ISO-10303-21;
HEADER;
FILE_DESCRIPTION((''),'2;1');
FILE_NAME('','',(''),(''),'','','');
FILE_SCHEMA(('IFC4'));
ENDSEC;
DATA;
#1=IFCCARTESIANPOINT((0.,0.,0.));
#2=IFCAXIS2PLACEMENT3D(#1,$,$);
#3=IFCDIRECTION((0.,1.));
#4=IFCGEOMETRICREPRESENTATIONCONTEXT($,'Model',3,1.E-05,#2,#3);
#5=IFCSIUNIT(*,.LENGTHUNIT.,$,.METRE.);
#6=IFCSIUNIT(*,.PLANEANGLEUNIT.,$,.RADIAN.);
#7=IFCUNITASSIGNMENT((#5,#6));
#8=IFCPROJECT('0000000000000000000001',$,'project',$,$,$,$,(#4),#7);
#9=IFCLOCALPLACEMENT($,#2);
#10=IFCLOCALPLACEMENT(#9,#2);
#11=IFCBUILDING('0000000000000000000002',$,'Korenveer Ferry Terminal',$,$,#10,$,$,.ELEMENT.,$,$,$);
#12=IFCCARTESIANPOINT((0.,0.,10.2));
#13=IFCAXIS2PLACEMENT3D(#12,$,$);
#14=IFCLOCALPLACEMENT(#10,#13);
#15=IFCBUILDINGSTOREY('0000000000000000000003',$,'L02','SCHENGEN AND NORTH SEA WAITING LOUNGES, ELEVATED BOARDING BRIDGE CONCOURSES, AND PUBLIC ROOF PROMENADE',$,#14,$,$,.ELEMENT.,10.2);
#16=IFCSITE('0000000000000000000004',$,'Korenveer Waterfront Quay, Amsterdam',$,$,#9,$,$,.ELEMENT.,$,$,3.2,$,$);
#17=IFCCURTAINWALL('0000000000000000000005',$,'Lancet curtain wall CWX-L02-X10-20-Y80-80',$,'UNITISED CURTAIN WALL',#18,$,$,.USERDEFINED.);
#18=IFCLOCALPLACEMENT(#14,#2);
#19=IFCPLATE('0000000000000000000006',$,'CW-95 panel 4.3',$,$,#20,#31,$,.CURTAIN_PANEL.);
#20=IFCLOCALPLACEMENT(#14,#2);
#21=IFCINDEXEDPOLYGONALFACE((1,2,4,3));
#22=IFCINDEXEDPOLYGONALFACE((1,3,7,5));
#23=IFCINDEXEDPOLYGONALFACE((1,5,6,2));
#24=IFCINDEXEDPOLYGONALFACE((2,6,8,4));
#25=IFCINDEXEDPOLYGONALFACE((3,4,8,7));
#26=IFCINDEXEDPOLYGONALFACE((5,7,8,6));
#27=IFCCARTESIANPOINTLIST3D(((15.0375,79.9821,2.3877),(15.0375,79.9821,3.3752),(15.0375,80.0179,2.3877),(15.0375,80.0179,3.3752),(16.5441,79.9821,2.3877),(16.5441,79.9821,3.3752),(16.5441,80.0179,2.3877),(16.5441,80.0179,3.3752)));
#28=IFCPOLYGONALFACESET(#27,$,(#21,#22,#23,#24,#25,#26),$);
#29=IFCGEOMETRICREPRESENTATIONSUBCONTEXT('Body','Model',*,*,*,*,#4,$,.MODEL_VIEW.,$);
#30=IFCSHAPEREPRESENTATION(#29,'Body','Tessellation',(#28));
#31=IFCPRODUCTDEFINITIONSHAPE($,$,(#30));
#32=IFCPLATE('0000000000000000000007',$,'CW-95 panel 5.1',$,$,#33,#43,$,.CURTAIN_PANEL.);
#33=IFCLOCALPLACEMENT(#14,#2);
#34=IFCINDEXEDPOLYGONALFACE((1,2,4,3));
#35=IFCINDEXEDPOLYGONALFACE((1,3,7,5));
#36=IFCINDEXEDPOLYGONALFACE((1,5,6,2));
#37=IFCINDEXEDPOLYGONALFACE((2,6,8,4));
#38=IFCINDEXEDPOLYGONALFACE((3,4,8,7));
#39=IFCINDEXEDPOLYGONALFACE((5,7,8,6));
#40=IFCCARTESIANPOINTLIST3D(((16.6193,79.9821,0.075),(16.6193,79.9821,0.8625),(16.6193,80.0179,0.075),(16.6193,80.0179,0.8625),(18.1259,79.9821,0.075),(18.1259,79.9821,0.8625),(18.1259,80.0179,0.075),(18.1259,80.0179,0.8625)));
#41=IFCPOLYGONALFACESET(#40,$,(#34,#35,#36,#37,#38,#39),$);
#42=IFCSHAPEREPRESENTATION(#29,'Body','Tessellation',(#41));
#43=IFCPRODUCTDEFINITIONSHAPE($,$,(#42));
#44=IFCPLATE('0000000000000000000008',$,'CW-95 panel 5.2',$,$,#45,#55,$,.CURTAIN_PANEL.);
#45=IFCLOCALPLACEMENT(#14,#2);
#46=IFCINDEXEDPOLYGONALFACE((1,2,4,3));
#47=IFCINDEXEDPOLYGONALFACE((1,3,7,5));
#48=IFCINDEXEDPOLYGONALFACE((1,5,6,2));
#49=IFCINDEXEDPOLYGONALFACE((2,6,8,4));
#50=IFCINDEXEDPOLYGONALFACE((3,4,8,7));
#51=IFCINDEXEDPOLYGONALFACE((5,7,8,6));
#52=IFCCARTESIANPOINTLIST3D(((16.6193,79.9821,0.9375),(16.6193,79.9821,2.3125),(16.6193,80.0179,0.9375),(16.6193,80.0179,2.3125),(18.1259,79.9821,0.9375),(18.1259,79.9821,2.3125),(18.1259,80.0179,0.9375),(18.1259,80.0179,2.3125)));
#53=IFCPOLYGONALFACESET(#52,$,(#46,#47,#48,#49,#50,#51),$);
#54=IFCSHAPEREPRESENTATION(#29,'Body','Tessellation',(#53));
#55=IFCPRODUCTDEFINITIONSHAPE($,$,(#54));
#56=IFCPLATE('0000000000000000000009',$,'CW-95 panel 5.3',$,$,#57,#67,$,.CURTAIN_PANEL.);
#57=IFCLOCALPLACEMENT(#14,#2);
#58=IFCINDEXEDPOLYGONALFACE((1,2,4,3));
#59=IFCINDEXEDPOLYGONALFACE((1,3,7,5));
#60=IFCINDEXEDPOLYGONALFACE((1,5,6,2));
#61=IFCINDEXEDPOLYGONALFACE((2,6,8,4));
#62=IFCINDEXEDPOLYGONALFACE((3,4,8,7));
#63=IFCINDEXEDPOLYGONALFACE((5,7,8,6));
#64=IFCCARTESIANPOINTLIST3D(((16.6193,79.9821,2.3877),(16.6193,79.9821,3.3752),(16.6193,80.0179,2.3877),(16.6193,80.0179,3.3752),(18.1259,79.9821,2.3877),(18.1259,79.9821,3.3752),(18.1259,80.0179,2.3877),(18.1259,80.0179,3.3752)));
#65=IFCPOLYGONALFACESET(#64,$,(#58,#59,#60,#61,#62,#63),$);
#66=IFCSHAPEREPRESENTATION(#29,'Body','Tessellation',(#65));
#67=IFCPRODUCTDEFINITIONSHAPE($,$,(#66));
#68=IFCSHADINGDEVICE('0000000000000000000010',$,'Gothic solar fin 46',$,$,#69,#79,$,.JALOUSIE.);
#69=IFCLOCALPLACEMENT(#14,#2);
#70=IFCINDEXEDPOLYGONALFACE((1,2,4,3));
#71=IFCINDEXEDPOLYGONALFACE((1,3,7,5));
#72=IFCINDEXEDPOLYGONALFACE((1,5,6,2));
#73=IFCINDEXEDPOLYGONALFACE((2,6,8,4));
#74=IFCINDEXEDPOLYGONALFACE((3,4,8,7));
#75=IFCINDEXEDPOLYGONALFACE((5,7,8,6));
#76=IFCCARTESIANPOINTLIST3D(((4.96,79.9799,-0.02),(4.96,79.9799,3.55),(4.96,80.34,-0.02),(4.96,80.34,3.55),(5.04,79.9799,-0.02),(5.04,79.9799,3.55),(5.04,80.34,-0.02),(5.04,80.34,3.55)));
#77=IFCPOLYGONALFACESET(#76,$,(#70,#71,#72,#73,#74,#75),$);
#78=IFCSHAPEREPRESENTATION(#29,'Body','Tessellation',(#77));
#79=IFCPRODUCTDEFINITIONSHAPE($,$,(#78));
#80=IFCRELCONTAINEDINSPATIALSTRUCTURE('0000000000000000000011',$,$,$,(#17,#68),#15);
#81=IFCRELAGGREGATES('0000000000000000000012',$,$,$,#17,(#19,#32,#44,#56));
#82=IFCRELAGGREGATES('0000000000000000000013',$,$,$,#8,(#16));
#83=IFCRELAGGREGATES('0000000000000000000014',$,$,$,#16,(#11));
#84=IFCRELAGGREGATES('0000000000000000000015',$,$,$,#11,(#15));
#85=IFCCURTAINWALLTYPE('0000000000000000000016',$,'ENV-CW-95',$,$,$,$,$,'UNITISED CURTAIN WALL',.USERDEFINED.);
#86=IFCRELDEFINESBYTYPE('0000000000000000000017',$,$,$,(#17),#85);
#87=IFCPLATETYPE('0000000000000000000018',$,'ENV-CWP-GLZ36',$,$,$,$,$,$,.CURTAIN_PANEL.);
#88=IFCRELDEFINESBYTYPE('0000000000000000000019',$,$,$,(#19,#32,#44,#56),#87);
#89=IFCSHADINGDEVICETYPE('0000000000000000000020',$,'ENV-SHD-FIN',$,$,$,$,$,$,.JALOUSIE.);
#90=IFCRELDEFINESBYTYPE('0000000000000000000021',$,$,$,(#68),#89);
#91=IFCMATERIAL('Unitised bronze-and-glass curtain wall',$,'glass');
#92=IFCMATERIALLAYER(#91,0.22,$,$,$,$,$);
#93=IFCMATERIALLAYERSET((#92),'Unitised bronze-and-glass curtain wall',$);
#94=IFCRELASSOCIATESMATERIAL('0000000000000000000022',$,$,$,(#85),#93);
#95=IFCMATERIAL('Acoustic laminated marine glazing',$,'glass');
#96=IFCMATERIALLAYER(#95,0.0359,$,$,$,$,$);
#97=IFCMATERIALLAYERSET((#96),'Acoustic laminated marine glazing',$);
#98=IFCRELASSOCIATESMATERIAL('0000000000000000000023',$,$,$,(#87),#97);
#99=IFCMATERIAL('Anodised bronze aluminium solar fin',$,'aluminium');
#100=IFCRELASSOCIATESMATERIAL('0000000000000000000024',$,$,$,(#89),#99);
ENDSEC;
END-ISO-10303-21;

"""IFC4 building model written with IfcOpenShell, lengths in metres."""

from ifc_helpers import new_model, si_unit, direction, frame, origin, origin_2d, place, context, subcontext, project, spatial, rectangle, extrude, material, layer, layer_set, type_object, element, aggregate, save


model = new_model("IFC4")

# Units and contexts
model_context = context("Model", 3, precision=1e-05, world=origin(), true_north=direction((0.0, 1.0)))
body_context = subcontext(model_context, "Body", "Model", "MODEL_VIEW")
ifc_project = project(units=[si_unit("LENGTHUNIT", "METRE"), si_unit("PLANEANGLEUNIT", "RADIAN")], contexts=[model_context])

# Site, building, storey
site_placement = place(None, origin())
site = spatial("IfcSite", under=ifc_project, at=site_placement, Name="Korenveer Waterfront Quay, Amsterdam", CompositionType="ELEMENT", RefElevation=3.2)
building_placement = place(site_placement, origin())
building = spatial("IfcBuilding", under=site, at=building_placement, Name="Korenveer Ferry Terminal", CompositionType="ELEMENT")
storey_placement = place(building_placement, frame((0.0, 0.0, 10.2)))
storey = spatial("IfcBuildingStorey", under=building, at=storey_placement, Name="L02", Description="SCHENGEN AND NORTH SEA WAITING LOUNGES, ELEVATED BOARDING BRIDGE CONCOURSES, AND PUBLIC ROOF PROMENADE", CompositionType="ELEMENT", Elevation=10.2)

# Curtain wall, plates
ifc_material_1 = material(Name="Unitised bronze-and-glass curtain wall", Category="glass")
ifc_layer_1 = layer(ifc_material_1, 0.22)
ifc_layer_set_1 = layer_set([ifc_layer_1], Name="Unitised bronze-and-glass curtain wall")
curtain_wall_type = type_object("IfcCurtainWallType", Name="ENV-CW-95", ElementType="UNITISED CURTAIN WALL", PredefinedType="USERDEFINED", material=ifc_layer_set_1)
curtain_wall_placement = place(storey_placement, frame((10.2549, 80.0, 0.0)))
curtain_wall = element("IfcCurtainWall", 1, at=curtain_wall_placement, inside=storey, type_object=curtain_wall_type, Name="Lancet curtain wall CWX-L02-X10-20-Y80-80", ObjectType="UNITISED CURTAIN WALL", PredefinedType="USERDEFINED")
ifc_material_2 = material(Name="Acoustic laminated marine glazing", Category="glass")
ifc_layer_2 = layer(ifc_material_2, 0.0359)
ifc_layer_set_2 = layer_set([ifc_layer_2], Name="Acoustic laminated marine glazing")
plate_type = type_object("IfcPlateType", Name="ENV-CWP-GLZ36", PredefinedType="CURTAIN_PANEL", material=ifc_layer_set_2)
plate_1_placement = place(storey_placement, frame((15.7908, 80.0, 2.3877), z_axis=(0.0, 0.0, 1.0), x_axis=(1.0, 0.0, 0.0)))
plate_1 = element("IfcPlate", 2, at=plate_1_placement, type_object=plate_type, Name="CW-95 panel 4.3", PredefinedType="CURTAIN_PANEL", context=body_context, shape_type="SweptSolid", body=[
    extrude(rectangle(XDim=1.5066, YDim=0.0359, at=origin_2d()), origin(), (0.0, 0.0, 1.0), 0.9875),
])
plate_2_placement = place(storey_placement, frame((17.3726, 80.0, 0.075), z_axis=(0.0, 0.0, 1.0), x_axis=(1.0, 0.0, 0.0)))
plate_2 = element("IfcPlate", 3, at=plate_2_placement, type_object=plate_type, Name="CW-95 panel 5.1", PredefinedType="CURTAIN_PANEL", context=body_context, shape_type="SweptSolid", body=[
    extrude(rectangle(XDim=1.5066, YDim=0.0359, at=origin_2d()), origin(), (0.0, 0.0, 1.0), 0.7876),
])
plate_3_placement = place(storey_placement, frame((17.3726, 80.0, 0.9375), z_axis=(0.0, 0.0, 1.0), x_axis=(1.0, 0.0, 0.0)))
plate_3 = element("IfcPlate", 4, at=plate_3_placement, type_object=plate_type, Name="CW-95 panel 5.2", PredefinedType="CURTAIN_PANEL", context=body_context, shape_type="SweptSolid", body=[
    extrude(rectangle(XDim=1.5066, YDim=0.0359, at=origin_2d()), origin(), (0.0, 0.0, 1.0), 1.375),
])
plate_4_placement = place(storey_placement, frame((17.3726, 80.0, 2.3877), z_axis=(0.0, 0.0, 1.0), x_axis=(1.0, 0.0, 0.0)))
plate_4 = element("IfcPlate", 5, at=plate_4_placement, type_object=plate_type, Name="CW-95 panel 5.3", PredefinedType="CURTAIN_PANEL", context=body_context, shape_type="SweptSolid", body=[
    extrude(rectangle(XDim=1.5066, YDim=0.0359, at=origin_2d()), origin(), (0.0, 0.0, 1.0), 0.9875),
])
aggregate(curtain_wall, [plate_1, plate_2, plate_3, plate_4])

# Shading device
ifc_material_3 = material(Name="Anodised bronze aluminium solar fin", Category="aluminium")
shading_device_type = type_object("IfcShadingDeviceType", Name="ENV-SHD-FIN", PredefinedType="JALOUSIE", material=ifc_material_3)
shading_device_placement = place(storey_placement, frame((5.0, 80.1599, -0.02), z_axis=(0.0, 0.0, 1.0), x_axis=(0.0, 1.0, 0.0)))
element("IfcShadingDevice", 6, at=shading_device_placement, inside=storey, type_object=shading_device_type, Name="Gothic solar fin 46", PredefinedType="JALOUSIE", context=body_context, shape_type="SweptSolid", body=[
    extrude(rectangle(XDim=0.3601, YDim=0.0801, at=origin_2d()), origin(), (0.0, 0.0, 1.0), 3.5701),
])

save(model, "model.ifc")
